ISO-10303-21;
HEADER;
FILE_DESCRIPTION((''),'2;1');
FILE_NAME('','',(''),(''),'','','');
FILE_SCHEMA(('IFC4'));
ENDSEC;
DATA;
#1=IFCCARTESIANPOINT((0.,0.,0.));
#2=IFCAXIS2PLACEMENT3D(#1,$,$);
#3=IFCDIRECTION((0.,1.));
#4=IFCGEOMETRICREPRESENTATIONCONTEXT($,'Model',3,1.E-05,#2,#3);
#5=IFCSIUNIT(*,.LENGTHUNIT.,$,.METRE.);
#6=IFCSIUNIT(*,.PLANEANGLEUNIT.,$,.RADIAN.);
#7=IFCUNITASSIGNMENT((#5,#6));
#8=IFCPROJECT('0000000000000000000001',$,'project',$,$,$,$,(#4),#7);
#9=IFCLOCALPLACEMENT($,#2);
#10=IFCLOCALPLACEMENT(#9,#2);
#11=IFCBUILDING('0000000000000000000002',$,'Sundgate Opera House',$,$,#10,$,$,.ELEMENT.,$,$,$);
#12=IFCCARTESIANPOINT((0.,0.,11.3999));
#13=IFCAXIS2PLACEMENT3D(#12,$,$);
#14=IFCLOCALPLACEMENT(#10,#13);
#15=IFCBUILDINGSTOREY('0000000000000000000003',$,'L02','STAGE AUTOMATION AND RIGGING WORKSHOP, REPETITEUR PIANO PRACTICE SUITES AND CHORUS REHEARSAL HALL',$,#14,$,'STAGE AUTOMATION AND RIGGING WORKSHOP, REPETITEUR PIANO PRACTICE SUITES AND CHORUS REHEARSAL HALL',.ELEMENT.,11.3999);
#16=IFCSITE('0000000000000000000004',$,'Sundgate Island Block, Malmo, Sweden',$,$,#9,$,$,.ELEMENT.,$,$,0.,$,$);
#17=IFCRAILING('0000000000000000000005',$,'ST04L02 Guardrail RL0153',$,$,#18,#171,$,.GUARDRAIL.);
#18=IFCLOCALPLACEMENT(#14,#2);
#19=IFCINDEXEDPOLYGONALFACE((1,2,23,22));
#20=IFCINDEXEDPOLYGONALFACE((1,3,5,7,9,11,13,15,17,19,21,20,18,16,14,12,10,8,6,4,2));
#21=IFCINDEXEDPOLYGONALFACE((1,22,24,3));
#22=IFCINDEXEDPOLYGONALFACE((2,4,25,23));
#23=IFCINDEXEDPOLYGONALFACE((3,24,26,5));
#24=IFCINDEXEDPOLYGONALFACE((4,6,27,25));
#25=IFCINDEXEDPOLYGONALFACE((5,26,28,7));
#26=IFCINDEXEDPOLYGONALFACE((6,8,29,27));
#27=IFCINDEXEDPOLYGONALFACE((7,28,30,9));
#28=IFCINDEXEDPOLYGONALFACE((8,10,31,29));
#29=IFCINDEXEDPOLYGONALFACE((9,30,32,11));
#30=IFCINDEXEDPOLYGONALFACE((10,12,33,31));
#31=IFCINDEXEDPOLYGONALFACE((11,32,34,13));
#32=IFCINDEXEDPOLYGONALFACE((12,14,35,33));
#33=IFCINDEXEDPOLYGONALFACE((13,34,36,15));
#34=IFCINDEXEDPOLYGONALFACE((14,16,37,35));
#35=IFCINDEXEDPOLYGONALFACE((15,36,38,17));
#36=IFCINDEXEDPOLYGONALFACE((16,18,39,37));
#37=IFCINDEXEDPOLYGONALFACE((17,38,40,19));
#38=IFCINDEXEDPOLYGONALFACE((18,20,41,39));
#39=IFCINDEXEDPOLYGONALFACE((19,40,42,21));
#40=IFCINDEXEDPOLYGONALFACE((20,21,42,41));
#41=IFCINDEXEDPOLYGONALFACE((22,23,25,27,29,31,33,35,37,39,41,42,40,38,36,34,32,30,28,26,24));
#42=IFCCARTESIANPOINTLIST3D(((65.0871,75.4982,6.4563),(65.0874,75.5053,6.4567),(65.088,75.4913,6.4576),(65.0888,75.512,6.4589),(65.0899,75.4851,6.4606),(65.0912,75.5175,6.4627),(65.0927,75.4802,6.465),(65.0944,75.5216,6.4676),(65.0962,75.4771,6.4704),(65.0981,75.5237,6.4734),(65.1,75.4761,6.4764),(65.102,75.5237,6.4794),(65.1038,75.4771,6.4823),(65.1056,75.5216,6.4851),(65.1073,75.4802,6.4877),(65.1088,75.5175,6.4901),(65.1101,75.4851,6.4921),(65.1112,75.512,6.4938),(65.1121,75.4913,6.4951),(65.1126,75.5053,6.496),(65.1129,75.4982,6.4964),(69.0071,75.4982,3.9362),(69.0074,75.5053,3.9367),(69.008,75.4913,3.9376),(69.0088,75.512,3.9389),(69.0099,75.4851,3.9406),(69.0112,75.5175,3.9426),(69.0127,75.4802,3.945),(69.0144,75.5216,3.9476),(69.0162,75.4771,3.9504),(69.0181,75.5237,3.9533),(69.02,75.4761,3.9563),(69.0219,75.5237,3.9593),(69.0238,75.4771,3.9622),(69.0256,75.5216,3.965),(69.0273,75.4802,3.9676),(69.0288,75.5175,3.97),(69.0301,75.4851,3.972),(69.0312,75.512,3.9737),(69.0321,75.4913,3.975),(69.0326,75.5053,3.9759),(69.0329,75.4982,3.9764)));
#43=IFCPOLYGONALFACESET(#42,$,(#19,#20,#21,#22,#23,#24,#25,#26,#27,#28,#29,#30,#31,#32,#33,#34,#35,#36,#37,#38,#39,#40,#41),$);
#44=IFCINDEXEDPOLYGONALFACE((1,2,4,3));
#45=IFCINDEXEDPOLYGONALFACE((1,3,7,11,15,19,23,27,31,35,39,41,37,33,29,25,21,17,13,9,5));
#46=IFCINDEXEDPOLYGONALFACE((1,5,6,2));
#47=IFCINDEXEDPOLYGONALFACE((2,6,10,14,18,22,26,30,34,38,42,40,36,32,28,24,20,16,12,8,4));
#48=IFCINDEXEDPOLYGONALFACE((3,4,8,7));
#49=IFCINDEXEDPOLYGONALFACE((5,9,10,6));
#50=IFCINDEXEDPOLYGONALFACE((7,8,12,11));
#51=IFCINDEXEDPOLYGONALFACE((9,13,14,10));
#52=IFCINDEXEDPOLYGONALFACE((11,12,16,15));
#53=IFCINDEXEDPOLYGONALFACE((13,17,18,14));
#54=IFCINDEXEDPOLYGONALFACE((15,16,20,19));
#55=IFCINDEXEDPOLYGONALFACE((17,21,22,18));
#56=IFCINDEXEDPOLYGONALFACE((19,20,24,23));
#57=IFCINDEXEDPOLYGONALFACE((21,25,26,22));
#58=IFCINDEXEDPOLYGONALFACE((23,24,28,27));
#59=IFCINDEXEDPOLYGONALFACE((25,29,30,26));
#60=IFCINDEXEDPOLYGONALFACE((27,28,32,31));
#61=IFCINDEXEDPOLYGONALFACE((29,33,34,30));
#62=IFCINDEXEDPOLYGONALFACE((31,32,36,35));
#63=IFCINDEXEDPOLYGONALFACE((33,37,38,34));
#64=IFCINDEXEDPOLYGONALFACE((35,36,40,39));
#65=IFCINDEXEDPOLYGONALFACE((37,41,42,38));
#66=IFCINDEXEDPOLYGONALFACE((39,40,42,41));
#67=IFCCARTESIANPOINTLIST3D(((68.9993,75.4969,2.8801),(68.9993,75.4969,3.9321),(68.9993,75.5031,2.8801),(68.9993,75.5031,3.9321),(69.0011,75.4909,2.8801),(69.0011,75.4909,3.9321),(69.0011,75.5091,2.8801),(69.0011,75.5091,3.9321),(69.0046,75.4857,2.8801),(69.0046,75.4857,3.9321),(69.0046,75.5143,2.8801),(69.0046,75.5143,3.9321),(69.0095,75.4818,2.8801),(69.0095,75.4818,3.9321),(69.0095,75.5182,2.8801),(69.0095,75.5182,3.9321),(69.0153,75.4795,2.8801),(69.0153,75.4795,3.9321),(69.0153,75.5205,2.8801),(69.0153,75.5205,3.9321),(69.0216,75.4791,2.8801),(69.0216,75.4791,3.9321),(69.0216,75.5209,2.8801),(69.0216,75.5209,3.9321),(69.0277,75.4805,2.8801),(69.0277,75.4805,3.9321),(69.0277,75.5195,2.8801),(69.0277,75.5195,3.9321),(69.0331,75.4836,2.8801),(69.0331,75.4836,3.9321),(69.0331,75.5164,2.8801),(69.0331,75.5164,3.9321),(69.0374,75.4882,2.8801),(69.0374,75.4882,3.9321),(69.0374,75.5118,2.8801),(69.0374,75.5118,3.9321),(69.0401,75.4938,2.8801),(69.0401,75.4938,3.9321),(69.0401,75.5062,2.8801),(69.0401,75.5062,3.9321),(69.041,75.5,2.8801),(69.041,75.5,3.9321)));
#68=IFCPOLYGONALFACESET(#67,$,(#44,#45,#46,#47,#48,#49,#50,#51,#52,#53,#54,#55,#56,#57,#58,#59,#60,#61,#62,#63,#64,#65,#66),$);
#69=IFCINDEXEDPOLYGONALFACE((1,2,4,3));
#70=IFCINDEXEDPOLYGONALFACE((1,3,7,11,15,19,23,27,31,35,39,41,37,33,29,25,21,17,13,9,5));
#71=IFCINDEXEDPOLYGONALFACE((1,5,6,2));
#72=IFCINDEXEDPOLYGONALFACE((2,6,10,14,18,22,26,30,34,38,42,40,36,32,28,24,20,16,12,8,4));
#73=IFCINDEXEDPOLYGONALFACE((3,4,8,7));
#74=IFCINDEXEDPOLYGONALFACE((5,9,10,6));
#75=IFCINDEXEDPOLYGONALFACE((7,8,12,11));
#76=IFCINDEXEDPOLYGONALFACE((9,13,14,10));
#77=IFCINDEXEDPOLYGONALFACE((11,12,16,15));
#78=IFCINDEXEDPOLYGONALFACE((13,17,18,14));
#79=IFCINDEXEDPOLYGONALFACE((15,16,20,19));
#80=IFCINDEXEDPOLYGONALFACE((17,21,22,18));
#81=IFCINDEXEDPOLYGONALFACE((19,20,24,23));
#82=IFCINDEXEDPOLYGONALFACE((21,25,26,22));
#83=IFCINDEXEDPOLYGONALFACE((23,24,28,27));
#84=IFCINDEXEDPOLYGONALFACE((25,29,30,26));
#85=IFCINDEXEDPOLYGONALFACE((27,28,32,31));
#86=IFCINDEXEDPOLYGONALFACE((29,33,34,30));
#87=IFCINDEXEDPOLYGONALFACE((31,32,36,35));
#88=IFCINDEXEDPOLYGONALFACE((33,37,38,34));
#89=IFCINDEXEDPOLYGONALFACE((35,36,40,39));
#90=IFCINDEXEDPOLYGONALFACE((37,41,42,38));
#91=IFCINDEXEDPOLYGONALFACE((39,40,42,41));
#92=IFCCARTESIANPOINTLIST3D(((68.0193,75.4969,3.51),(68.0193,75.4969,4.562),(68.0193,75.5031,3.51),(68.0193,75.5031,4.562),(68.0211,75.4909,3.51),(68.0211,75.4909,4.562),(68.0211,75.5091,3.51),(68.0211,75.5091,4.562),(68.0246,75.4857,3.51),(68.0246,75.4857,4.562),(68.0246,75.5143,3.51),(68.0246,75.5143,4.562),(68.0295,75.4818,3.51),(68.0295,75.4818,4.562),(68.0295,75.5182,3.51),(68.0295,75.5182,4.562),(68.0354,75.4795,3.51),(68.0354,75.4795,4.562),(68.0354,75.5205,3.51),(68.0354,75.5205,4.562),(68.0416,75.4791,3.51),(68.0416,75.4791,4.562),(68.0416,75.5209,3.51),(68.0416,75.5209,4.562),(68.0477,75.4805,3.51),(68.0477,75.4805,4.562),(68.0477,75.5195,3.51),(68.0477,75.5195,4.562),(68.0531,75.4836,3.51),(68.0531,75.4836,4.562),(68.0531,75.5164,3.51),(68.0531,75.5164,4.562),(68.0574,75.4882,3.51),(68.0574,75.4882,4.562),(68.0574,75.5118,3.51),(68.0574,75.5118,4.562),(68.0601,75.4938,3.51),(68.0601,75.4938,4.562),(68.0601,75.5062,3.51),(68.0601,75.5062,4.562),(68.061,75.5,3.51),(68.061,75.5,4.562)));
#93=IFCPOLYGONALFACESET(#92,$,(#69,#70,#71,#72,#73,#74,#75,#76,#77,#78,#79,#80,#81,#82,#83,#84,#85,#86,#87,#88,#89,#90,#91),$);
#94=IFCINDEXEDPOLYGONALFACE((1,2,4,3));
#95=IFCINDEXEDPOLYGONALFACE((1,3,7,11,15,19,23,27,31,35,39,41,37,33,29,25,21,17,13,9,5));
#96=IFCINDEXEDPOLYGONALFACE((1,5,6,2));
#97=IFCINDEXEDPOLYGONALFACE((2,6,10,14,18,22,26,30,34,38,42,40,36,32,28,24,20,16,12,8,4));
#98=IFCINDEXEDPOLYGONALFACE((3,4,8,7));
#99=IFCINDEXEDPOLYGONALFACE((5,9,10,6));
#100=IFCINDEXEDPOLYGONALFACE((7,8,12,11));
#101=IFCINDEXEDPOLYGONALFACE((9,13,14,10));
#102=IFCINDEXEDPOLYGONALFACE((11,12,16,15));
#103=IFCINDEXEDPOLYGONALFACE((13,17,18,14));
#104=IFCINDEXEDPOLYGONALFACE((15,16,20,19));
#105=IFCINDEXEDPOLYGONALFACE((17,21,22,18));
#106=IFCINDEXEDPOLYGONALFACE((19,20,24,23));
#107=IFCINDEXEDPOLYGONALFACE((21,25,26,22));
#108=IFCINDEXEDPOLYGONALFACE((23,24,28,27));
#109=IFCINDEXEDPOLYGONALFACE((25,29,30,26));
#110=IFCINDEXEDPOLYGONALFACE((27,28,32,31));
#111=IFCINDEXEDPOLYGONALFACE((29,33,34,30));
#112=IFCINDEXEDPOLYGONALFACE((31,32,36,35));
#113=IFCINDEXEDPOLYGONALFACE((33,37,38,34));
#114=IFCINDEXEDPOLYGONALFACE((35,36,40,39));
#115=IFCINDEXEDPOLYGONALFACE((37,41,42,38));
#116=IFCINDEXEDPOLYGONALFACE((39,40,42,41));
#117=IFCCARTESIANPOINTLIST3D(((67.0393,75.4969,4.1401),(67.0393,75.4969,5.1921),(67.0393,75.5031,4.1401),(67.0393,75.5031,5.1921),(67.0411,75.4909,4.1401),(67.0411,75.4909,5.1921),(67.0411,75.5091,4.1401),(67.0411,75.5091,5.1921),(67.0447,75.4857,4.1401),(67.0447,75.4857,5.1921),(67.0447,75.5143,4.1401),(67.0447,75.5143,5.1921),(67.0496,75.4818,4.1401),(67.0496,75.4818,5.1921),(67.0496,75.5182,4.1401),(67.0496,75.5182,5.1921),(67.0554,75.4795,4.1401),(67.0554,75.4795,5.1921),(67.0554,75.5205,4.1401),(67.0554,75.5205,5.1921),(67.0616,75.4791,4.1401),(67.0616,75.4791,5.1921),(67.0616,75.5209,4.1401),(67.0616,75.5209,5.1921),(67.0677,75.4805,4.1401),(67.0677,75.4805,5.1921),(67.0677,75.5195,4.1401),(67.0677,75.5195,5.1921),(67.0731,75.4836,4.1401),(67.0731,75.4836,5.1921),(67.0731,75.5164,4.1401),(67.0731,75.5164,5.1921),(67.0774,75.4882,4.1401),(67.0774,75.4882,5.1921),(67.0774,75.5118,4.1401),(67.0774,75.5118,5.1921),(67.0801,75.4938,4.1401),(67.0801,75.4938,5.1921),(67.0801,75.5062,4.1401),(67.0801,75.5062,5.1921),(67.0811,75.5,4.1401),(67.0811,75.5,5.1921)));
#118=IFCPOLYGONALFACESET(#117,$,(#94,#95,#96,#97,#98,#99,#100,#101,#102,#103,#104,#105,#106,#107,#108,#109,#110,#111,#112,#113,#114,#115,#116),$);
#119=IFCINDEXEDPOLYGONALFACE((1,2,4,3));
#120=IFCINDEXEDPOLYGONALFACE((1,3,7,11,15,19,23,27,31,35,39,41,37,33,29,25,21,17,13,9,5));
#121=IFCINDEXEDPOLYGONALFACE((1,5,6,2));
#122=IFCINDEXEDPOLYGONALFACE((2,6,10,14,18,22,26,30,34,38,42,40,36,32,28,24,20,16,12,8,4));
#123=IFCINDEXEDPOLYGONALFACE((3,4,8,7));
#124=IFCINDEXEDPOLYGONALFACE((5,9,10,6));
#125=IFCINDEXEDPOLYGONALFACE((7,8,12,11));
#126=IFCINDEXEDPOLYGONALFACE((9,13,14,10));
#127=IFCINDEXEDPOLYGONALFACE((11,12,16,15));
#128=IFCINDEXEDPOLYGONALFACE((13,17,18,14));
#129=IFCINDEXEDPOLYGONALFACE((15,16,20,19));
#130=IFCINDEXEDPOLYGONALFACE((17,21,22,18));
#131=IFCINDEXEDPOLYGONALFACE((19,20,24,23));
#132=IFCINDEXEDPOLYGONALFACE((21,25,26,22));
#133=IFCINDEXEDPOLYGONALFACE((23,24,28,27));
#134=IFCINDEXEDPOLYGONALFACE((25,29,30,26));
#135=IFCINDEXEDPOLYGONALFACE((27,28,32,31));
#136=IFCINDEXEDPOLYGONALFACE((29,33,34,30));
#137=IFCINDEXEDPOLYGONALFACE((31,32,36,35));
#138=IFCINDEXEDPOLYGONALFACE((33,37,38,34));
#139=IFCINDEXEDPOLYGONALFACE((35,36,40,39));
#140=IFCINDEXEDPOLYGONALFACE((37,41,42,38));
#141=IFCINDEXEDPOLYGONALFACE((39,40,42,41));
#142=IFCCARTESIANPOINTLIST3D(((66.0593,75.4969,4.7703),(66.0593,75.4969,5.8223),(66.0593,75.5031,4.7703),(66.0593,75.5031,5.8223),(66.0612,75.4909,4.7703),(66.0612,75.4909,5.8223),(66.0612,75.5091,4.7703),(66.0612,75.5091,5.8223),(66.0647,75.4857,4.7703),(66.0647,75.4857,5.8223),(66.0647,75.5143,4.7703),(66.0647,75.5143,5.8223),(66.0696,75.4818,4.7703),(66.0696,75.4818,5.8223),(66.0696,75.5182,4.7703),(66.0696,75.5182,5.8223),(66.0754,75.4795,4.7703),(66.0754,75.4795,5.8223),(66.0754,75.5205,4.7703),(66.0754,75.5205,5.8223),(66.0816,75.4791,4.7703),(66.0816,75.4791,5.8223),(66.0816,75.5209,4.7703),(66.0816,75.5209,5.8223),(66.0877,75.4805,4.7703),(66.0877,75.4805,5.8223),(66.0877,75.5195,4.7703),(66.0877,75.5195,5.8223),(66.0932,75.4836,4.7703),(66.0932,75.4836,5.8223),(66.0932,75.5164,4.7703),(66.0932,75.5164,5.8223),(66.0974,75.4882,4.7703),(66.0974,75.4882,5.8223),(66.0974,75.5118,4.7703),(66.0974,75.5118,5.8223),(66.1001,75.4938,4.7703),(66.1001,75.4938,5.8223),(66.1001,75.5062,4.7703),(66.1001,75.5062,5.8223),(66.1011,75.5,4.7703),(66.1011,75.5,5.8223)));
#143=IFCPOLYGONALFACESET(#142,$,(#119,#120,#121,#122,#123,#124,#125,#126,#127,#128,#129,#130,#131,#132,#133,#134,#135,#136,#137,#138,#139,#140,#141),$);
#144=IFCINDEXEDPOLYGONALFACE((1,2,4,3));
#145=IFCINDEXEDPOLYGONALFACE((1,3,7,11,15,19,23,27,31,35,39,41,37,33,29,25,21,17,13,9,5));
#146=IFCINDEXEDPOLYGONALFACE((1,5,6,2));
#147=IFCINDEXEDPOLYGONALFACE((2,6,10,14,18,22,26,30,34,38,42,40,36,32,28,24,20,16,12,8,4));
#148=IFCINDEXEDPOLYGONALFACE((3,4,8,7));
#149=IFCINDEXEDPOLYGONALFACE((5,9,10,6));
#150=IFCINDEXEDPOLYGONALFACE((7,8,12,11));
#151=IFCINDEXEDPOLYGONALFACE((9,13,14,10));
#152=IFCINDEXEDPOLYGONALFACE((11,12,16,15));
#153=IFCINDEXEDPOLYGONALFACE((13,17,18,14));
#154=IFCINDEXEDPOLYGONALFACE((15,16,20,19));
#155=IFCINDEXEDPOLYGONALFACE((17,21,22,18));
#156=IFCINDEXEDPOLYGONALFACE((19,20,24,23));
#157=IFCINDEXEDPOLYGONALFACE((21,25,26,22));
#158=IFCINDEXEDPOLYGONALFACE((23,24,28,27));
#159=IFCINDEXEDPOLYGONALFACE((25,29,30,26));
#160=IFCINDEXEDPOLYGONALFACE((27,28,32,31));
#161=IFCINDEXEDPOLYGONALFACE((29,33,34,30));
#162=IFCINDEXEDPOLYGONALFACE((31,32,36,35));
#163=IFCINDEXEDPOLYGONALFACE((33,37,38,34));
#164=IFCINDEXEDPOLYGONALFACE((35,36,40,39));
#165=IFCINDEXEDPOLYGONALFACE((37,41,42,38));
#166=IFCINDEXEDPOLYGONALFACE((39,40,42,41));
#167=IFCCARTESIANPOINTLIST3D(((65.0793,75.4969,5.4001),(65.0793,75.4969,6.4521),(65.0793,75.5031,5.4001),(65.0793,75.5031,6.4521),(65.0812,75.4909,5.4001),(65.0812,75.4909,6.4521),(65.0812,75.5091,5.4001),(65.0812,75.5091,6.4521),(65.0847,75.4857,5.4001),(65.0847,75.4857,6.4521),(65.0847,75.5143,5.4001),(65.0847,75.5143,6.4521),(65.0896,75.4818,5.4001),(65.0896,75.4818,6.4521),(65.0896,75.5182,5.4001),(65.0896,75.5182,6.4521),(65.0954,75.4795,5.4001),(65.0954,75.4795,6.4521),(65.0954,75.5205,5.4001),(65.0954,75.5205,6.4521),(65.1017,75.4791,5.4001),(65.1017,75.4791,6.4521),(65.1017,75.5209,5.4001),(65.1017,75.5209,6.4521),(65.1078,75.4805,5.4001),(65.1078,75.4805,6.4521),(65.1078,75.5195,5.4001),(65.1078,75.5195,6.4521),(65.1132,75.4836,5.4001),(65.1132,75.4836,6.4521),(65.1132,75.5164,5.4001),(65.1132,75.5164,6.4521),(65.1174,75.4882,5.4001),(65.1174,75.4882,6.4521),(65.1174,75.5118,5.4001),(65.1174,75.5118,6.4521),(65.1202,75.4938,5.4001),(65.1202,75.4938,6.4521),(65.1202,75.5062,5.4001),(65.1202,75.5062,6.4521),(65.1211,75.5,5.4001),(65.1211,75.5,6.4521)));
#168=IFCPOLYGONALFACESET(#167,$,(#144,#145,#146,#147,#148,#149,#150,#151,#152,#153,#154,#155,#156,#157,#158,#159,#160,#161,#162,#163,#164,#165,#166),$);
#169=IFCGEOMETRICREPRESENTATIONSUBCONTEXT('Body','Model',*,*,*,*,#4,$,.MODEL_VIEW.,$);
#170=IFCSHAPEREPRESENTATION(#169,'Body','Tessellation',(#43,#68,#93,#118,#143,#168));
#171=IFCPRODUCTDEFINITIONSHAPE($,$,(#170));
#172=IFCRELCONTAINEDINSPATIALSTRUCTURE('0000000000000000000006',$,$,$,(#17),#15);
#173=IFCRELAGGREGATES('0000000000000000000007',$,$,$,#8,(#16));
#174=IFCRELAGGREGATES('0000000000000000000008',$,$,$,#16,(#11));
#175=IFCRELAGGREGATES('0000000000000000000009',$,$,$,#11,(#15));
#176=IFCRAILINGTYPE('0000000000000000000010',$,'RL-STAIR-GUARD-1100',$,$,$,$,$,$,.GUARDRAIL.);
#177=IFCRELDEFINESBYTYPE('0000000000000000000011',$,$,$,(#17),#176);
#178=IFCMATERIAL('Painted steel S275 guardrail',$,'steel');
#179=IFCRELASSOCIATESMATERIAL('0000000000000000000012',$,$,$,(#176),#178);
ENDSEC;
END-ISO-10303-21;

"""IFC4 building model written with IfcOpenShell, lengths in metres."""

from ifc_helpers import new_model, si_unit, direction, frame, origin, origin_2d, place, context, subcontext, project, spatial, circle, extrude, material, type_object, element, save


model = new_model("IFC4")

# Units and contexts
model_context = context("Model", 3, precision=1e-05, world=origin(), true_north=direction((0.0, 1.0)))
body_context = subcontext(model_context, "Body", "Model", "MODEL_VIEW")
ifc_project = project(units=[si_unit("LENGTHUNIT", "METRE"), si_unit("PLANEANGLEUNIT", "RADIAN")], contexts=[model_context])

# Site, building, storey
site_placement = place(None, origin())
site = spatial("IfcSite", under=ifc_project, at=site_placement, Name="Sundgate Island Block, Malmo, Sweden", CompositionType="ELEMENT", RefElevation=0.0)
building_placement = place(site_placement, origin())
building = spatial("IfcBuilding", under=site, at=building_placement, Name="Sundgate Opera House", CompositionType="ELEMENT")
storey_placement = place(building_placement, frame((0.0, 0.0, 11.3999)))
storey = spatial("IfcBuildingStorey", under=building, at=storey_placement, Name="L02", Description="STAGE AUTOMATION AND RIGGING WORKSHOP, REPETITEUR PIANO PRACTICE SUITES AND CHORUS REHEARSAL HALL", LongName="STAGE AUTOMATION AND RIGGING WORKSHOP, REPETITEUR PIANO PRACTICE SUITES AND CHORUS REHEARSAL HALL", CompositionType="ELEMENT", Elevation=11.3999)

# Railing
ifc_material_1 = material(Name="Painted steel S275 guardrail", Category="steel")
railing_type_1 = type_object("IfcRailingType", Name="RL-STAIR-GUARD-1100", PredefinedType="GUARDRAIL", material=ifc_material_1)
railing_1_placement = place(storey_placement, frame((69.02, 75.5, 2.8801)))
element("IfcRailing", 1, at=railing_1_placement, inside=storey, type_object=railing_type_1, Name="ST04L02 Guardrail RL0153", PredefinedType="GUARDRAIL", context=body_context, shape_type="SweptSolid", body=[
    extrude(circle(Radius=0.0239, at=origin_2d()), frame((0.0, 0.0, 1.0762), z_axis=(-0.841172, 0.0, 0.540768), x_axis=(0.0, -1.0, 0.0)), (0.0, 0.0, 1.0), 4.6602),
    extrude(circle(Radius=0.021, at=origin_2d()), origin(), (0.0, 0.0, 1.0), 1.052),
    extrude(circle(Radius=0.021, at=origin_2d()), frame((-0.98, 0.0, 0.6299)), (0.0, 0.0, 1.0), 1.052),
    extrude(circle(Radius=0.021, at=origin_2d()), frame((-1.96, 0.0, 1.26)), (0.0, 0.0, 1.0), 1.052),
    extrude(circle(Radius=0.021, at=origin_2d()), frame((-2.9399, 0.0, 1.8901)), (0.0, 0.0, 1.0), 1.052),
    extrude(circle(Radius=0.021, at=origin_2d()), frame((-3.9199, 0.0, 2.52)), (0.0, 0.0, 1.0), 1.052),
])

save(model, "model.ifc")
